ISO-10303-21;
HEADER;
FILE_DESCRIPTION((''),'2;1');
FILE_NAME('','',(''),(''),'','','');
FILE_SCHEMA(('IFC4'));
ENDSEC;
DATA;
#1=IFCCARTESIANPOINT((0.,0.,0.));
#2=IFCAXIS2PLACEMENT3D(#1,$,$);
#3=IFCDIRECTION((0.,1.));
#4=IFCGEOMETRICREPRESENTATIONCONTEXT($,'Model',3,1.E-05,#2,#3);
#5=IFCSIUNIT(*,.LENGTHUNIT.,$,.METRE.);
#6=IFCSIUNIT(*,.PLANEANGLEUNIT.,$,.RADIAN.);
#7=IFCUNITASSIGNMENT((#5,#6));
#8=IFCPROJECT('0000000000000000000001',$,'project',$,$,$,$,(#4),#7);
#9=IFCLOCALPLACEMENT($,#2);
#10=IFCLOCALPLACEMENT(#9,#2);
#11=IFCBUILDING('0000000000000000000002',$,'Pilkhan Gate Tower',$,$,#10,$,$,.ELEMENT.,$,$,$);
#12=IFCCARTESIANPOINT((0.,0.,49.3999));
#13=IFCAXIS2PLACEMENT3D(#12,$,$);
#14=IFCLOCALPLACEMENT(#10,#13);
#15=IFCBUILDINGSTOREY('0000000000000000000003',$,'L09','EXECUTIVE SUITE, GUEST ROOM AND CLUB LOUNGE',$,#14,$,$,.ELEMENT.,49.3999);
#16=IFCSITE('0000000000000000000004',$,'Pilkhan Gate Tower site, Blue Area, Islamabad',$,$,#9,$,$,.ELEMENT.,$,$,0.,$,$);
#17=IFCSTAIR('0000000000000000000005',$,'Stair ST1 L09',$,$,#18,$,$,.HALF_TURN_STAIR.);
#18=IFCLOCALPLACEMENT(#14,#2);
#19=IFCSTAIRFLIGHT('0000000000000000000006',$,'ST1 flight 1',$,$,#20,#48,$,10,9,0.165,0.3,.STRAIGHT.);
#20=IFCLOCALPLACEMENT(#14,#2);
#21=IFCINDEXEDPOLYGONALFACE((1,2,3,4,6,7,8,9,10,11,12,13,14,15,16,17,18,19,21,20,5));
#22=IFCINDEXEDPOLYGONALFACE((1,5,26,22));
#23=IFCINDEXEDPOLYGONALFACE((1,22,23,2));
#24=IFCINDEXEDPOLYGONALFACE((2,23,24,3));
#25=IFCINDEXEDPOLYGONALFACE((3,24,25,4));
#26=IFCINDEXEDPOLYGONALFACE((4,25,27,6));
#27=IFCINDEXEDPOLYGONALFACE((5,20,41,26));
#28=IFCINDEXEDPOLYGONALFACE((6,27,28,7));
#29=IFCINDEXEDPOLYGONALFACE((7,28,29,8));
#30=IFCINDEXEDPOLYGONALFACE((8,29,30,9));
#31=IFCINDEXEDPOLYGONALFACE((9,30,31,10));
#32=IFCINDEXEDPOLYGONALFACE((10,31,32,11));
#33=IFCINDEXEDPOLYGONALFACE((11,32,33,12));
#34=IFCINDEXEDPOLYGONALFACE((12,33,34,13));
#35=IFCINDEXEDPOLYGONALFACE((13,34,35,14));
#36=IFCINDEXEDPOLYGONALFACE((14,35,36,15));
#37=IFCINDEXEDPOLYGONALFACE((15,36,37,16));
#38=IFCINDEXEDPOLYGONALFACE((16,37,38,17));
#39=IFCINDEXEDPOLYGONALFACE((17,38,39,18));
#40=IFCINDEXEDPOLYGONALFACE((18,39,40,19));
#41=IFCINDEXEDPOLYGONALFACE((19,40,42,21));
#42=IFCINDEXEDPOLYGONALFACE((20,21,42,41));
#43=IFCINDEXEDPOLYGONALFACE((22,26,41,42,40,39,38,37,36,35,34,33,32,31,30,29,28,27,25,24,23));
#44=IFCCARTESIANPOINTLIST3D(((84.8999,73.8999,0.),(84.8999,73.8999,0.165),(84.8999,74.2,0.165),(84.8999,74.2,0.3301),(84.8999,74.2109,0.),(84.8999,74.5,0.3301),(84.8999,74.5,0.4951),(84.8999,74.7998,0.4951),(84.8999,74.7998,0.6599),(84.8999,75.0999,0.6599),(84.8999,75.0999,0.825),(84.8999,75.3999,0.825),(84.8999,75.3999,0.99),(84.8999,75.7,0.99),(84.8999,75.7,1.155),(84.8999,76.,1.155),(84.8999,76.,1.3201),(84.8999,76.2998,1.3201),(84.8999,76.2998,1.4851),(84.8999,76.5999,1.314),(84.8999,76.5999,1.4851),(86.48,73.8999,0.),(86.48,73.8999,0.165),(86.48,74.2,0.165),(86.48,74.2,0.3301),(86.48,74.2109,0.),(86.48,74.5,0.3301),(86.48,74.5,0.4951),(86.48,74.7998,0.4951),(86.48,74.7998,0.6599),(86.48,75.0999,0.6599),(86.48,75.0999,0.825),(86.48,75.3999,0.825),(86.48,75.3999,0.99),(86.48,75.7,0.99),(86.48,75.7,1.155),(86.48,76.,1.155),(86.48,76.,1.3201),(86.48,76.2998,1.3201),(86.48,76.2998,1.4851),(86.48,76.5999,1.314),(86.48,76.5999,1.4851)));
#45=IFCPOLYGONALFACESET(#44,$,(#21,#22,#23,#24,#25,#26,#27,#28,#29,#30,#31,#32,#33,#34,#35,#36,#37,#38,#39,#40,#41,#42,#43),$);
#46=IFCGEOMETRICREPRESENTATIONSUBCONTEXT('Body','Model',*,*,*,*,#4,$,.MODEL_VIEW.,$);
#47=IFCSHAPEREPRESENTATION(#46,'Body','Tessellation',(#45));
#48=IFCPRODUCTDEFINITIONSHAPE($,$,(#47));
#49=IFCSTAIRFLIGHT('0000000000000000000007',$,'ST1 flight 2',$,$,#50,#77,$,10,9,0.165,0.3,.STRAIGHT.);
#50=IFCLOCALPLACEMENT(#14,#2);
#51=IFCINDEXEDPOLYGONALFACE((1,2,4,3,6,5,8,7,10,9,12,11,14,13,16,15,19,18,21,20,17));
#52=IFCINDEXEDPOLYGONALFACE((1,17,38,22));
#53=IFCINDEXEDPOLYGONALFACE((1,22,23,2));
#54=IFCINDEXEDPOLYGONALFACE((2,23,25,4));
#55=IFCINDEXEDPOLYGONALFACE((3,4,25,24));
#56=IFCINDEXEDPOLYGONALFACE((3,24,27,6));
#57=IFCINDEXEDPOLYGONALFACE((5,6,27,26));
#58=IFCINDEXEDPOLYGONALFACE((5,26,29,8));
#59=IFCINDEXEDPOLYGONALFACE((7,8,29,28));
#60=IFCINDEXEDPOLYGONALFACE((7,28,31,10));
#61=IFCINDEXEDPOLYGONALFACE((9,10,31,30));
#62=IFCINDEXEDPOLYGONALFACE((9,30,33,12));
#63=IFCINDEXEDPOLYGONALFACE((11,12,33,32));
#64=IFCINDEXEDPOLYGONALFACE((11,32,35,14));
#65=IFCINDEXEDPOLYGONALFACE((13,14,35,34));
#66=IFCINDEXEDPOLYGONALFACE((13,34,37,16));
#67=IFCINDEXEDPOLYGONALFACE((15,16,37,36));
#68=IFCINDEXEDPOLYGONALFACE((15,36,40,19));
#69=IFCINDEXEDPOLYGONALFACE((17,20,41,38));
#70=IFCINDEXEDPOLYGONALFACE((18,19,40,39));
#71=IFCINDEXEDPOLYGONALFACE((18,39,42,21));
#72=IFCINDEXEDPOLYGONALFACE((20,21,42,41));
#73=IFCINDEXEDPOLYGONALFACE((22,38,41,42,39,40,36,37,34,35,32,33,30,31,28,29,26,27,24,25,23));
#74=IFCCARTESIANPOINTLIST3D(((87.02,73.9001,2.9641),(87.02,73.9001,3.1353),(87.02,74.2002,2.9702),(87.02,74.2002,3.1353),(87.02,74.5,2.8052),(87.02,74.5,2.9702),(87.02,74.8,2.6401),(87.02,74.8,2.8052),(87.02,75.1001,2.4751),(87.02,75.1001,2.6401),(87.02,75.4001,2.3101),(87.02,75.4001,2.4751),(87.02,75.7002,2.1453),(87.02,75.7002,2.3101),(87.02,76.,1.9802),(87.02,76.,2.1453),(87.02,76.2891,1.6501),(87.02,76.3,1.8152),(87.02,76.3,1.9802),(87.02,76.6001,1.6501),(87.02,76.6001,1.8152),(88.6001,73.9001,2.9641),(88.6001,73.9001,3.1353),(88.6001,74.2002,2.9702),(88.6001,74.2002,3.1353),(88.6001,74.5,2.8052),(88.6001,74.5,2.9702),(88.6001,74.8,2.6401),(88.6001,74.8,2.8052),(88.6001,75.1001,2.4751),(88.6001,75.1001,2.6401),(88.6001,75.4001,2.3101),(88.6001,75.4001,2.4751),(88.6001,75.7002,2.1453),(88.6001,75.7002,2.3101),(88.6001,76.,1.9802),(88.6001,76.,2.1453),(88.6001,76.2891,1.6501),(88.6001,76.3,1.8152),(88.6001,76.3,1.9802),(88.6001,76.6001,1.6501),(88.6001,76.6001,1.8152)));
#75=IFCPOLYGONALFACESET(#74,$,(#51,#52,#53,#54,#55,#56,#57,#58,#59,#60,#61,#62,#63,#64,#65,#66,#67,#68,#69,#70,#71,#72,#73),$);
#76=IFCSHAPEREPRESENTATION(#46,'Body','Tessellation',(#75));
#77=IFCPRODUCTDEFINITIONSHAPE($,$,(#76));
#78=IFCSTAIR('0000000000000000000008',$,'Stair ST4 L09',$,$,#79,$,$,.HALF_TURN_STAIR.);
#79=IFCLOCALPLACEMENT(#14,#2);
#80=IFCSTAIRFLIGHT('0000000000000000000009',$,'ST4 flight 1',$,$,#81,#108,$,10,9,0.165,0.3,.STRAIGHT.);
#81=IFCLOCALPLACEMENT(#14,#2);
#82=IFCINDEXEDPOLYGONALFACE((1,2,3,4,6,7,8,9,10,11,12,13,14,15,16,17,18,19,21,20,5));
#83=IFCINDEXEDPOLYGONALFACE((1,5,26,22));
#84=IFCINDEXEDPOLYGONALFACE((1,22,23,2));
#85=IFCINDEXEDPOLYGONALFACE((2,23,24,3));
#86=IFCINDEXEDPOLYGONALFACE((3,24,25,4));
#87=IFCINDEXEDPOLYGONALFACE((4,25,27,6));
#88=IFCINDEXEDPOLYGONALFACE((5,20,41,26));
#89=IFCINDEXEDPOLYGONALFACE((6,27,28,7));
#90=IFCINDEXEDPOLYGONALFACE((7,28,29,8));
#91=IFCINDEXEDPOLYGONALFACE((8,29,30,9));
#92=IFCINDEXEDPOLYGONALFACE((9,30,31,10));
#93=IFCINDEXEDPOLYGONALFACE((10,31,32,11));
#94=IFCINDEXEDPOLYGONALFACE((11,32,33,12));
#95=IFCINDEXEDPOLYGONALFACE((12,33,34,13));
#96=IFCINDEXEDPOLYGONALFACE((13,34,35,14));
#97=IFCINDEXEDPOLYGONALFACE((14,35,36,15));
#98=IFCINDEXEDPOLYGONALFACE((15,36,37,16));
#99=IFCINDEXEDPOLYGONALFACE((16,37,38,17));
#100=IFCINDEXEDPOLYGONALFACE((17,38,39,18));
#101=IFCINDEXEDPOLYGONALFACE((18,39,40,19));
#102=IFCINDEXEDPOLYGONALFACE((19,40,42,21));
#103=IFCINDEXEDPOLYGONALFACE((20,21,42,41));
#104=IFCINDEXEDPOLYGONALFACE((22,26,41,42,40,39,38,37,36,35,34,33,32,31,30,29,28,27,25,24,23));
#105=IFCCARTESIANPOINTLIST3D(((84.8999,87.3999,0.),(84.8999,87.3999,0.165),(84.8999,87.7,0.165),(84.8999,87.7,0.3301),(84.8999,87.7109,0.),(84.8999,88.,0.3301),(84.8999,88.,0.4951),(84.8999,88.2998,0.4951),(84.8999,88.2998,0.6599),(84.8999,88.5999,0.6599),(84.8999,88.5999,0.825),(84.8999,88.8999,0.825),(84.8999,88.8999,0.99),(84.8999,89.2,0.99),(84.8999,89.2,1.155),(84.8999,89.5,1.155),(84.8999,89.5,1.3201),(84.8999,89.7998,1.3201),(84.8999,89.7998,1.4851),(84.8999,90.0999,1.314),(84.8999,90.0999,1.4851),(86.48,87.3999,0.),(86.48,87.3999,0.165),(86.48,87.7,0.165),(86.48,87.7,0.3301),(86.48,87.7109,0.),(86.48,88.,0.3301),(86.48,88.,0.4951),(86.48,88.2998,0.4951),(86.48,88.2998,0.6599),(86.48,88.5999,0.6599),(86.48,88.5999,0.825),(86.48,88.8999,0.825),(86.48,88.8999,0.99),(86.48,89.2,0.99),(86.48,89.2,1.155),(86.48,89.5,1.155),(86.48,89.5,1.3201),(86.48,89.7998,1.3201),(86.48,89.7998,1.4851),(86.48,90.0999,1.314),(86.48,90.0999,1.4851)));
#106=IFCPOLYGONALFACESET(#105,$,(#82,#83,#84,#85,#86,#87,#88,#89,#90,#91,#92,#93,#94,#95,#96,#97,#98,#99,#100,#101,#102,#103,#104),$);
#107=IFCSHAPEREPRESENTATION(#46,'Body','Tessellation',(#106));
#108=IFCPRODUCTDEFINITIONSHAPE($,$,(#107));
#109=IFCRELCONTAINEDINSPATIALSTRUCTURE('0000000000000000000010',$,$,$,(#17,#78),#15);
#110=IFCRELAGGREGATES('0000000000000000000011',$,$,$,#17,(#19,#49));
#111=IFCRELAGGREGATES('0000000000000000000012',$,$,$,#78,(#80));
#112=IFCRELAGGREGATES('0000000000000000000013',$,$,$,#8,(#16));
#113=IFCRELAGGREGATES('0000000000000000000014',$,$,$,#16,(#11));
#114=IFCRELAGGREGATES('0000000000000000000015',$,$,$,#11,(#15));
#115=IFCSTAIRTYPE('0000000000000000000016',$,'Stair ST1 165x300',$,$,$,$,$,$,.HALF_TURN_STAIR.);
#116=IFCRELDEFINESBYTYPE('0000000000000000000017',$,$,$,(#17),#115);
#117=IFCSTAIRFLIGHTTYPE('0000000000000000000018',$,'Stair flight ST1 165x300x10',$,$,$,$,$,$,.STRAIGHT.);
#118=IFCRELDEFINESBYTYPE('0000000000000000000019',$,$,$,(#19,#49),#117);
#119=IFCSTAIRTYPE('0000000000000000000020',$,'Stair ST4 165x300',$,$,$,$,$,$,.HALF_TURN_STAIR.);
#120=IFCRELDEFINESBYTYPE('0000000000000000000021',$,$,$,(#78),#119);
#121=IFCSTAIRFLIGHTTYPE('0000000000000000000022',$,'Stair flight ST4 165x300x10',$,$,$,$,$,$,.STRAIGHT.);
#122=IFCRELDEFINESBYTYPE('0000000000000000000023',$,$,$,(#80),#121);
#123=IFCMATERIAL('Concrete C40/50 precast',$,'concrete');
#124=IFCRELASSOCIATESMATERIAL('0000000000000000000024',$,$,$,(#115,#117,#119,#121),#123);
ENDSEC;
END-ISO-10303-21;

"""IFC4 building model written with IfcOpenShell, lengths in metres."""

from ifc_helpers import new_model, si_unit, direction, frame, origin, place, context, subcontext, project, spatial, polyline, outline, extrude, material, type_object, element, aggregate, save


model = new_model("IFC4")

# Units and contexts
model_context = context("Model", 3, precision=1e-05, world=origin(), true_north=direction((0.0, 1.0)))
body_context = subcontext(model_context, "Body", "Model", "MODEL_VIEW")
ifc_project = project(units=[si_unit("LENGTHUNIT", "METRE"), si_unit("PLANEANGLEUNIT", "RADIAN")], contexts=[model_context])

# Site, building, storey
site_placement = place(None, origin())
site = spatial("IfcSite", under=ifc_project, at=site_placement, Name="Pilkhan Gate Tower site, Blue Area, Islamabad", CompositionType="ELEMENT", RefElevation=0.0)
building_placement = place(site_placement, origin())
building = spatial("IfcBuilding", under=site, at=building_placement, Name="Pilkhan Gate Tower", CompositionType="ELEMENT")
storey_placement = place(building_placement, frame((0.0, 0.0, 49.3999)))
storey = spatial("IfcBuildingStorey", under=building, at=storey_placement, Name="L09", Description="EXECUTIVE SUITE, GUEST ROOM AND CLUB LOUNGE", CompositionType="ELEMENT", Elevation=49.3999)

# Stair, stair flights
ifc_material_1 = material(Name="Concrete C40/50 precast", Category="concrete")
stair_type_1 = type_object("IfcStairType", Name="Stair ST1 165x300", PredefinedType="HALF_TURN_STAIR", material=ifc_material_1)
stair_1_placement = place(storey_placement, origin())
stair_1 = element("IfcStair", 1, at=stair_1_placement, inside=storey, type_object=stair_type_1, Name="Stair ST1 L09", PredefinedType="HALF_TURN_STAIR")
stair_flight_type_1 = type_object("IfcStairFlightType", Name="Stair flight ST1 165x300x10", PredefinedType="STRAIGHT", material=ifc_material_1)
stair_flight_1_placement = place(storey_placement, frame((85.6899, 73.8999, 0.0), z_axis=(0.0, 0.0, 1.0), x_axis=(0.0, 1.0, 0.0)))
stair_flight_1 = element("IfcStairFlight", 2, at=stair_flight_1_placement, type_object=stair_flight_type_1, Name="ST1 flight 1", NumberOfRisers=10, NumberOfTreads=9, PredefinedType="STRAIGHT", RiserHeight=0.165, TreadLength=0.3, context=body_context, shape_type="SweptSolid", body=[
    extrude(outline(polyline([(0.0, 0.0), (0.0, 0.165), (0.3, 0.165), (0.3, 0.3301), (0.6001, 0.3301), (0.6001, 0.4951), (0.8999, 0.4951), (0.8999, 0.6599), (1.2, 0.6599), (1.2, 0.825), (1.5, 0.825), (1.5, 0.99), (1.8, 0.99), (1.8, 1.155), (2.1001, 1.155), (2.1001, 1.3201), (2.3999, 1.3201), (2.3999, 1.4851), (2.7, 1.4851), (2.7, 1.6499), (2.7, 1.314), (0.311, 0.0), (0.0, 0.0)])), frame((0.0, 0.79, 0.0), z_axis=(0.0, -1.0, 0.0), x_axis=(1.0, 0.0, 0.0)), (0.0, 0.0, 1.0), 1.5801),
])
stair_flight_2_placement = place(storey_placement, frame((87.8101, 76.6001, 1.6501), z_axis=(0.0, 0.0, 1.0), x_axis=(0.0, -1.0, 0.0)))
stair_flight_2 = element("IfcStairFlight", 3, at=stair_flight_2_placement, type_object=stair_flight_type_1, Name="ST1 flight 2", NumberOfRisers=10, NumberOfTreads=9, PredefinedType="STRAIGHT", RiserHeight=0.165, TreadLength=0.3, context=body_context, shape_type="SweptSolid", body=[
    extrude(outline(polyline([(0.0, 0.0), (0.0, 0.165), (0.3, 0.165), (0.3, 0.3301), (0.6001, 0.3301), (0.6001, 0.4951), (0.8999, 0.4951), (0.8999, 0.6599), (1.2, 0.6599), (1.2, 0.825), (1.5, 0.825), (1.5, 0.99), (1.8, 0.99), (1.8, 1.155), (2.1001, 1.155), (2.1001, 1.3201), (2.3999, 1.3201), (2.3999, 1.4851), (2.7, 1.4851), (2.7, 1.6499), (2.7, 1.314), (0.311, 0.0), (0.0, 0.0)])), frame((0.0, 0.79, 0.0), z_axis=(0.0, -1.0, 0.0), x_axis=(1.0, 0.0, 0.0)), (0.0, 0.0, 1.0), 1.5801),
])
aggregate(stair_1, [stair_flight_1, stair_flight_2])

# Stair, stair flight
stair_type_2 = type_object("IfcStairType", Name="Stair ST4 165x300", PredefinedType="HALF_TURN_STAIR", material=ifc_material_1)
stair_2_placement = place(storey_placement, origin())
stair_2 = element("IfcStair", 4, at=stair_2_placement, inside=storey, type_object=stair_type_2, Name="Stair ST4 L09", PredefinedType="HALF_TURN_STAIR")
stair_flight_type_2 = type_object("IfcStairFlightType", Name="Stair flight ST4 165x300x10", PredefinedType="STRAIGHT", material=ifc_material_1)
stair_flight_3_placement = place(storey_placement, frame((85.6899, 87.3999, 0.0), z_axis=(0.0, 0.0, 1.0), x_axis=(0.0, 1.0, 0.0)))
stair_flight_3 = element("IfcStairFlight", 5, at=stair_flight_3_placement, type_object=stair_flight_type_2, Name="ST4 flight 1", NumberOfRisers=10, NumberOfTreads=9, PredefinedType="STRAIGHT", RiserHeight=0.165, TreadLength=0.3, context=body_context, shape_type="SweptSolid", body=[
    extrude(outline(polyline([(0.0, 0.0), (0.0, 0.165), (0.3, 0.165), (0.3, 0.3301), (0.6001, 0.3301), (0.6001, 0.4951), (0.8999, 0.4951), (0.8999, 0.6599), (1.2, 0.6599), (1.2, 0.825), (1.5, 0.825), (1.5, 0.99), (1.8, 0.99), (1.8, 1.155), (2.1001, 1.155), (2.1001, 1.3201), (2.3999, 1.3201), (2.3999, 1.4851), (2.7, 1.4851), (2.7, 1.6499), (2.7, 1.314), (0.311, 0.0), (0.0, 0.0)])), frame((0.0, 0.79, 0.0), z_axis=(0.0, -1.0, 0.0), x_axis=(1.0, 0.0, 0.0)), (0.0, 0.0, 1.0), 1.5801),
])
aggregate(stair_2, [stair_flight_3])

save(model, "model.ifc")
